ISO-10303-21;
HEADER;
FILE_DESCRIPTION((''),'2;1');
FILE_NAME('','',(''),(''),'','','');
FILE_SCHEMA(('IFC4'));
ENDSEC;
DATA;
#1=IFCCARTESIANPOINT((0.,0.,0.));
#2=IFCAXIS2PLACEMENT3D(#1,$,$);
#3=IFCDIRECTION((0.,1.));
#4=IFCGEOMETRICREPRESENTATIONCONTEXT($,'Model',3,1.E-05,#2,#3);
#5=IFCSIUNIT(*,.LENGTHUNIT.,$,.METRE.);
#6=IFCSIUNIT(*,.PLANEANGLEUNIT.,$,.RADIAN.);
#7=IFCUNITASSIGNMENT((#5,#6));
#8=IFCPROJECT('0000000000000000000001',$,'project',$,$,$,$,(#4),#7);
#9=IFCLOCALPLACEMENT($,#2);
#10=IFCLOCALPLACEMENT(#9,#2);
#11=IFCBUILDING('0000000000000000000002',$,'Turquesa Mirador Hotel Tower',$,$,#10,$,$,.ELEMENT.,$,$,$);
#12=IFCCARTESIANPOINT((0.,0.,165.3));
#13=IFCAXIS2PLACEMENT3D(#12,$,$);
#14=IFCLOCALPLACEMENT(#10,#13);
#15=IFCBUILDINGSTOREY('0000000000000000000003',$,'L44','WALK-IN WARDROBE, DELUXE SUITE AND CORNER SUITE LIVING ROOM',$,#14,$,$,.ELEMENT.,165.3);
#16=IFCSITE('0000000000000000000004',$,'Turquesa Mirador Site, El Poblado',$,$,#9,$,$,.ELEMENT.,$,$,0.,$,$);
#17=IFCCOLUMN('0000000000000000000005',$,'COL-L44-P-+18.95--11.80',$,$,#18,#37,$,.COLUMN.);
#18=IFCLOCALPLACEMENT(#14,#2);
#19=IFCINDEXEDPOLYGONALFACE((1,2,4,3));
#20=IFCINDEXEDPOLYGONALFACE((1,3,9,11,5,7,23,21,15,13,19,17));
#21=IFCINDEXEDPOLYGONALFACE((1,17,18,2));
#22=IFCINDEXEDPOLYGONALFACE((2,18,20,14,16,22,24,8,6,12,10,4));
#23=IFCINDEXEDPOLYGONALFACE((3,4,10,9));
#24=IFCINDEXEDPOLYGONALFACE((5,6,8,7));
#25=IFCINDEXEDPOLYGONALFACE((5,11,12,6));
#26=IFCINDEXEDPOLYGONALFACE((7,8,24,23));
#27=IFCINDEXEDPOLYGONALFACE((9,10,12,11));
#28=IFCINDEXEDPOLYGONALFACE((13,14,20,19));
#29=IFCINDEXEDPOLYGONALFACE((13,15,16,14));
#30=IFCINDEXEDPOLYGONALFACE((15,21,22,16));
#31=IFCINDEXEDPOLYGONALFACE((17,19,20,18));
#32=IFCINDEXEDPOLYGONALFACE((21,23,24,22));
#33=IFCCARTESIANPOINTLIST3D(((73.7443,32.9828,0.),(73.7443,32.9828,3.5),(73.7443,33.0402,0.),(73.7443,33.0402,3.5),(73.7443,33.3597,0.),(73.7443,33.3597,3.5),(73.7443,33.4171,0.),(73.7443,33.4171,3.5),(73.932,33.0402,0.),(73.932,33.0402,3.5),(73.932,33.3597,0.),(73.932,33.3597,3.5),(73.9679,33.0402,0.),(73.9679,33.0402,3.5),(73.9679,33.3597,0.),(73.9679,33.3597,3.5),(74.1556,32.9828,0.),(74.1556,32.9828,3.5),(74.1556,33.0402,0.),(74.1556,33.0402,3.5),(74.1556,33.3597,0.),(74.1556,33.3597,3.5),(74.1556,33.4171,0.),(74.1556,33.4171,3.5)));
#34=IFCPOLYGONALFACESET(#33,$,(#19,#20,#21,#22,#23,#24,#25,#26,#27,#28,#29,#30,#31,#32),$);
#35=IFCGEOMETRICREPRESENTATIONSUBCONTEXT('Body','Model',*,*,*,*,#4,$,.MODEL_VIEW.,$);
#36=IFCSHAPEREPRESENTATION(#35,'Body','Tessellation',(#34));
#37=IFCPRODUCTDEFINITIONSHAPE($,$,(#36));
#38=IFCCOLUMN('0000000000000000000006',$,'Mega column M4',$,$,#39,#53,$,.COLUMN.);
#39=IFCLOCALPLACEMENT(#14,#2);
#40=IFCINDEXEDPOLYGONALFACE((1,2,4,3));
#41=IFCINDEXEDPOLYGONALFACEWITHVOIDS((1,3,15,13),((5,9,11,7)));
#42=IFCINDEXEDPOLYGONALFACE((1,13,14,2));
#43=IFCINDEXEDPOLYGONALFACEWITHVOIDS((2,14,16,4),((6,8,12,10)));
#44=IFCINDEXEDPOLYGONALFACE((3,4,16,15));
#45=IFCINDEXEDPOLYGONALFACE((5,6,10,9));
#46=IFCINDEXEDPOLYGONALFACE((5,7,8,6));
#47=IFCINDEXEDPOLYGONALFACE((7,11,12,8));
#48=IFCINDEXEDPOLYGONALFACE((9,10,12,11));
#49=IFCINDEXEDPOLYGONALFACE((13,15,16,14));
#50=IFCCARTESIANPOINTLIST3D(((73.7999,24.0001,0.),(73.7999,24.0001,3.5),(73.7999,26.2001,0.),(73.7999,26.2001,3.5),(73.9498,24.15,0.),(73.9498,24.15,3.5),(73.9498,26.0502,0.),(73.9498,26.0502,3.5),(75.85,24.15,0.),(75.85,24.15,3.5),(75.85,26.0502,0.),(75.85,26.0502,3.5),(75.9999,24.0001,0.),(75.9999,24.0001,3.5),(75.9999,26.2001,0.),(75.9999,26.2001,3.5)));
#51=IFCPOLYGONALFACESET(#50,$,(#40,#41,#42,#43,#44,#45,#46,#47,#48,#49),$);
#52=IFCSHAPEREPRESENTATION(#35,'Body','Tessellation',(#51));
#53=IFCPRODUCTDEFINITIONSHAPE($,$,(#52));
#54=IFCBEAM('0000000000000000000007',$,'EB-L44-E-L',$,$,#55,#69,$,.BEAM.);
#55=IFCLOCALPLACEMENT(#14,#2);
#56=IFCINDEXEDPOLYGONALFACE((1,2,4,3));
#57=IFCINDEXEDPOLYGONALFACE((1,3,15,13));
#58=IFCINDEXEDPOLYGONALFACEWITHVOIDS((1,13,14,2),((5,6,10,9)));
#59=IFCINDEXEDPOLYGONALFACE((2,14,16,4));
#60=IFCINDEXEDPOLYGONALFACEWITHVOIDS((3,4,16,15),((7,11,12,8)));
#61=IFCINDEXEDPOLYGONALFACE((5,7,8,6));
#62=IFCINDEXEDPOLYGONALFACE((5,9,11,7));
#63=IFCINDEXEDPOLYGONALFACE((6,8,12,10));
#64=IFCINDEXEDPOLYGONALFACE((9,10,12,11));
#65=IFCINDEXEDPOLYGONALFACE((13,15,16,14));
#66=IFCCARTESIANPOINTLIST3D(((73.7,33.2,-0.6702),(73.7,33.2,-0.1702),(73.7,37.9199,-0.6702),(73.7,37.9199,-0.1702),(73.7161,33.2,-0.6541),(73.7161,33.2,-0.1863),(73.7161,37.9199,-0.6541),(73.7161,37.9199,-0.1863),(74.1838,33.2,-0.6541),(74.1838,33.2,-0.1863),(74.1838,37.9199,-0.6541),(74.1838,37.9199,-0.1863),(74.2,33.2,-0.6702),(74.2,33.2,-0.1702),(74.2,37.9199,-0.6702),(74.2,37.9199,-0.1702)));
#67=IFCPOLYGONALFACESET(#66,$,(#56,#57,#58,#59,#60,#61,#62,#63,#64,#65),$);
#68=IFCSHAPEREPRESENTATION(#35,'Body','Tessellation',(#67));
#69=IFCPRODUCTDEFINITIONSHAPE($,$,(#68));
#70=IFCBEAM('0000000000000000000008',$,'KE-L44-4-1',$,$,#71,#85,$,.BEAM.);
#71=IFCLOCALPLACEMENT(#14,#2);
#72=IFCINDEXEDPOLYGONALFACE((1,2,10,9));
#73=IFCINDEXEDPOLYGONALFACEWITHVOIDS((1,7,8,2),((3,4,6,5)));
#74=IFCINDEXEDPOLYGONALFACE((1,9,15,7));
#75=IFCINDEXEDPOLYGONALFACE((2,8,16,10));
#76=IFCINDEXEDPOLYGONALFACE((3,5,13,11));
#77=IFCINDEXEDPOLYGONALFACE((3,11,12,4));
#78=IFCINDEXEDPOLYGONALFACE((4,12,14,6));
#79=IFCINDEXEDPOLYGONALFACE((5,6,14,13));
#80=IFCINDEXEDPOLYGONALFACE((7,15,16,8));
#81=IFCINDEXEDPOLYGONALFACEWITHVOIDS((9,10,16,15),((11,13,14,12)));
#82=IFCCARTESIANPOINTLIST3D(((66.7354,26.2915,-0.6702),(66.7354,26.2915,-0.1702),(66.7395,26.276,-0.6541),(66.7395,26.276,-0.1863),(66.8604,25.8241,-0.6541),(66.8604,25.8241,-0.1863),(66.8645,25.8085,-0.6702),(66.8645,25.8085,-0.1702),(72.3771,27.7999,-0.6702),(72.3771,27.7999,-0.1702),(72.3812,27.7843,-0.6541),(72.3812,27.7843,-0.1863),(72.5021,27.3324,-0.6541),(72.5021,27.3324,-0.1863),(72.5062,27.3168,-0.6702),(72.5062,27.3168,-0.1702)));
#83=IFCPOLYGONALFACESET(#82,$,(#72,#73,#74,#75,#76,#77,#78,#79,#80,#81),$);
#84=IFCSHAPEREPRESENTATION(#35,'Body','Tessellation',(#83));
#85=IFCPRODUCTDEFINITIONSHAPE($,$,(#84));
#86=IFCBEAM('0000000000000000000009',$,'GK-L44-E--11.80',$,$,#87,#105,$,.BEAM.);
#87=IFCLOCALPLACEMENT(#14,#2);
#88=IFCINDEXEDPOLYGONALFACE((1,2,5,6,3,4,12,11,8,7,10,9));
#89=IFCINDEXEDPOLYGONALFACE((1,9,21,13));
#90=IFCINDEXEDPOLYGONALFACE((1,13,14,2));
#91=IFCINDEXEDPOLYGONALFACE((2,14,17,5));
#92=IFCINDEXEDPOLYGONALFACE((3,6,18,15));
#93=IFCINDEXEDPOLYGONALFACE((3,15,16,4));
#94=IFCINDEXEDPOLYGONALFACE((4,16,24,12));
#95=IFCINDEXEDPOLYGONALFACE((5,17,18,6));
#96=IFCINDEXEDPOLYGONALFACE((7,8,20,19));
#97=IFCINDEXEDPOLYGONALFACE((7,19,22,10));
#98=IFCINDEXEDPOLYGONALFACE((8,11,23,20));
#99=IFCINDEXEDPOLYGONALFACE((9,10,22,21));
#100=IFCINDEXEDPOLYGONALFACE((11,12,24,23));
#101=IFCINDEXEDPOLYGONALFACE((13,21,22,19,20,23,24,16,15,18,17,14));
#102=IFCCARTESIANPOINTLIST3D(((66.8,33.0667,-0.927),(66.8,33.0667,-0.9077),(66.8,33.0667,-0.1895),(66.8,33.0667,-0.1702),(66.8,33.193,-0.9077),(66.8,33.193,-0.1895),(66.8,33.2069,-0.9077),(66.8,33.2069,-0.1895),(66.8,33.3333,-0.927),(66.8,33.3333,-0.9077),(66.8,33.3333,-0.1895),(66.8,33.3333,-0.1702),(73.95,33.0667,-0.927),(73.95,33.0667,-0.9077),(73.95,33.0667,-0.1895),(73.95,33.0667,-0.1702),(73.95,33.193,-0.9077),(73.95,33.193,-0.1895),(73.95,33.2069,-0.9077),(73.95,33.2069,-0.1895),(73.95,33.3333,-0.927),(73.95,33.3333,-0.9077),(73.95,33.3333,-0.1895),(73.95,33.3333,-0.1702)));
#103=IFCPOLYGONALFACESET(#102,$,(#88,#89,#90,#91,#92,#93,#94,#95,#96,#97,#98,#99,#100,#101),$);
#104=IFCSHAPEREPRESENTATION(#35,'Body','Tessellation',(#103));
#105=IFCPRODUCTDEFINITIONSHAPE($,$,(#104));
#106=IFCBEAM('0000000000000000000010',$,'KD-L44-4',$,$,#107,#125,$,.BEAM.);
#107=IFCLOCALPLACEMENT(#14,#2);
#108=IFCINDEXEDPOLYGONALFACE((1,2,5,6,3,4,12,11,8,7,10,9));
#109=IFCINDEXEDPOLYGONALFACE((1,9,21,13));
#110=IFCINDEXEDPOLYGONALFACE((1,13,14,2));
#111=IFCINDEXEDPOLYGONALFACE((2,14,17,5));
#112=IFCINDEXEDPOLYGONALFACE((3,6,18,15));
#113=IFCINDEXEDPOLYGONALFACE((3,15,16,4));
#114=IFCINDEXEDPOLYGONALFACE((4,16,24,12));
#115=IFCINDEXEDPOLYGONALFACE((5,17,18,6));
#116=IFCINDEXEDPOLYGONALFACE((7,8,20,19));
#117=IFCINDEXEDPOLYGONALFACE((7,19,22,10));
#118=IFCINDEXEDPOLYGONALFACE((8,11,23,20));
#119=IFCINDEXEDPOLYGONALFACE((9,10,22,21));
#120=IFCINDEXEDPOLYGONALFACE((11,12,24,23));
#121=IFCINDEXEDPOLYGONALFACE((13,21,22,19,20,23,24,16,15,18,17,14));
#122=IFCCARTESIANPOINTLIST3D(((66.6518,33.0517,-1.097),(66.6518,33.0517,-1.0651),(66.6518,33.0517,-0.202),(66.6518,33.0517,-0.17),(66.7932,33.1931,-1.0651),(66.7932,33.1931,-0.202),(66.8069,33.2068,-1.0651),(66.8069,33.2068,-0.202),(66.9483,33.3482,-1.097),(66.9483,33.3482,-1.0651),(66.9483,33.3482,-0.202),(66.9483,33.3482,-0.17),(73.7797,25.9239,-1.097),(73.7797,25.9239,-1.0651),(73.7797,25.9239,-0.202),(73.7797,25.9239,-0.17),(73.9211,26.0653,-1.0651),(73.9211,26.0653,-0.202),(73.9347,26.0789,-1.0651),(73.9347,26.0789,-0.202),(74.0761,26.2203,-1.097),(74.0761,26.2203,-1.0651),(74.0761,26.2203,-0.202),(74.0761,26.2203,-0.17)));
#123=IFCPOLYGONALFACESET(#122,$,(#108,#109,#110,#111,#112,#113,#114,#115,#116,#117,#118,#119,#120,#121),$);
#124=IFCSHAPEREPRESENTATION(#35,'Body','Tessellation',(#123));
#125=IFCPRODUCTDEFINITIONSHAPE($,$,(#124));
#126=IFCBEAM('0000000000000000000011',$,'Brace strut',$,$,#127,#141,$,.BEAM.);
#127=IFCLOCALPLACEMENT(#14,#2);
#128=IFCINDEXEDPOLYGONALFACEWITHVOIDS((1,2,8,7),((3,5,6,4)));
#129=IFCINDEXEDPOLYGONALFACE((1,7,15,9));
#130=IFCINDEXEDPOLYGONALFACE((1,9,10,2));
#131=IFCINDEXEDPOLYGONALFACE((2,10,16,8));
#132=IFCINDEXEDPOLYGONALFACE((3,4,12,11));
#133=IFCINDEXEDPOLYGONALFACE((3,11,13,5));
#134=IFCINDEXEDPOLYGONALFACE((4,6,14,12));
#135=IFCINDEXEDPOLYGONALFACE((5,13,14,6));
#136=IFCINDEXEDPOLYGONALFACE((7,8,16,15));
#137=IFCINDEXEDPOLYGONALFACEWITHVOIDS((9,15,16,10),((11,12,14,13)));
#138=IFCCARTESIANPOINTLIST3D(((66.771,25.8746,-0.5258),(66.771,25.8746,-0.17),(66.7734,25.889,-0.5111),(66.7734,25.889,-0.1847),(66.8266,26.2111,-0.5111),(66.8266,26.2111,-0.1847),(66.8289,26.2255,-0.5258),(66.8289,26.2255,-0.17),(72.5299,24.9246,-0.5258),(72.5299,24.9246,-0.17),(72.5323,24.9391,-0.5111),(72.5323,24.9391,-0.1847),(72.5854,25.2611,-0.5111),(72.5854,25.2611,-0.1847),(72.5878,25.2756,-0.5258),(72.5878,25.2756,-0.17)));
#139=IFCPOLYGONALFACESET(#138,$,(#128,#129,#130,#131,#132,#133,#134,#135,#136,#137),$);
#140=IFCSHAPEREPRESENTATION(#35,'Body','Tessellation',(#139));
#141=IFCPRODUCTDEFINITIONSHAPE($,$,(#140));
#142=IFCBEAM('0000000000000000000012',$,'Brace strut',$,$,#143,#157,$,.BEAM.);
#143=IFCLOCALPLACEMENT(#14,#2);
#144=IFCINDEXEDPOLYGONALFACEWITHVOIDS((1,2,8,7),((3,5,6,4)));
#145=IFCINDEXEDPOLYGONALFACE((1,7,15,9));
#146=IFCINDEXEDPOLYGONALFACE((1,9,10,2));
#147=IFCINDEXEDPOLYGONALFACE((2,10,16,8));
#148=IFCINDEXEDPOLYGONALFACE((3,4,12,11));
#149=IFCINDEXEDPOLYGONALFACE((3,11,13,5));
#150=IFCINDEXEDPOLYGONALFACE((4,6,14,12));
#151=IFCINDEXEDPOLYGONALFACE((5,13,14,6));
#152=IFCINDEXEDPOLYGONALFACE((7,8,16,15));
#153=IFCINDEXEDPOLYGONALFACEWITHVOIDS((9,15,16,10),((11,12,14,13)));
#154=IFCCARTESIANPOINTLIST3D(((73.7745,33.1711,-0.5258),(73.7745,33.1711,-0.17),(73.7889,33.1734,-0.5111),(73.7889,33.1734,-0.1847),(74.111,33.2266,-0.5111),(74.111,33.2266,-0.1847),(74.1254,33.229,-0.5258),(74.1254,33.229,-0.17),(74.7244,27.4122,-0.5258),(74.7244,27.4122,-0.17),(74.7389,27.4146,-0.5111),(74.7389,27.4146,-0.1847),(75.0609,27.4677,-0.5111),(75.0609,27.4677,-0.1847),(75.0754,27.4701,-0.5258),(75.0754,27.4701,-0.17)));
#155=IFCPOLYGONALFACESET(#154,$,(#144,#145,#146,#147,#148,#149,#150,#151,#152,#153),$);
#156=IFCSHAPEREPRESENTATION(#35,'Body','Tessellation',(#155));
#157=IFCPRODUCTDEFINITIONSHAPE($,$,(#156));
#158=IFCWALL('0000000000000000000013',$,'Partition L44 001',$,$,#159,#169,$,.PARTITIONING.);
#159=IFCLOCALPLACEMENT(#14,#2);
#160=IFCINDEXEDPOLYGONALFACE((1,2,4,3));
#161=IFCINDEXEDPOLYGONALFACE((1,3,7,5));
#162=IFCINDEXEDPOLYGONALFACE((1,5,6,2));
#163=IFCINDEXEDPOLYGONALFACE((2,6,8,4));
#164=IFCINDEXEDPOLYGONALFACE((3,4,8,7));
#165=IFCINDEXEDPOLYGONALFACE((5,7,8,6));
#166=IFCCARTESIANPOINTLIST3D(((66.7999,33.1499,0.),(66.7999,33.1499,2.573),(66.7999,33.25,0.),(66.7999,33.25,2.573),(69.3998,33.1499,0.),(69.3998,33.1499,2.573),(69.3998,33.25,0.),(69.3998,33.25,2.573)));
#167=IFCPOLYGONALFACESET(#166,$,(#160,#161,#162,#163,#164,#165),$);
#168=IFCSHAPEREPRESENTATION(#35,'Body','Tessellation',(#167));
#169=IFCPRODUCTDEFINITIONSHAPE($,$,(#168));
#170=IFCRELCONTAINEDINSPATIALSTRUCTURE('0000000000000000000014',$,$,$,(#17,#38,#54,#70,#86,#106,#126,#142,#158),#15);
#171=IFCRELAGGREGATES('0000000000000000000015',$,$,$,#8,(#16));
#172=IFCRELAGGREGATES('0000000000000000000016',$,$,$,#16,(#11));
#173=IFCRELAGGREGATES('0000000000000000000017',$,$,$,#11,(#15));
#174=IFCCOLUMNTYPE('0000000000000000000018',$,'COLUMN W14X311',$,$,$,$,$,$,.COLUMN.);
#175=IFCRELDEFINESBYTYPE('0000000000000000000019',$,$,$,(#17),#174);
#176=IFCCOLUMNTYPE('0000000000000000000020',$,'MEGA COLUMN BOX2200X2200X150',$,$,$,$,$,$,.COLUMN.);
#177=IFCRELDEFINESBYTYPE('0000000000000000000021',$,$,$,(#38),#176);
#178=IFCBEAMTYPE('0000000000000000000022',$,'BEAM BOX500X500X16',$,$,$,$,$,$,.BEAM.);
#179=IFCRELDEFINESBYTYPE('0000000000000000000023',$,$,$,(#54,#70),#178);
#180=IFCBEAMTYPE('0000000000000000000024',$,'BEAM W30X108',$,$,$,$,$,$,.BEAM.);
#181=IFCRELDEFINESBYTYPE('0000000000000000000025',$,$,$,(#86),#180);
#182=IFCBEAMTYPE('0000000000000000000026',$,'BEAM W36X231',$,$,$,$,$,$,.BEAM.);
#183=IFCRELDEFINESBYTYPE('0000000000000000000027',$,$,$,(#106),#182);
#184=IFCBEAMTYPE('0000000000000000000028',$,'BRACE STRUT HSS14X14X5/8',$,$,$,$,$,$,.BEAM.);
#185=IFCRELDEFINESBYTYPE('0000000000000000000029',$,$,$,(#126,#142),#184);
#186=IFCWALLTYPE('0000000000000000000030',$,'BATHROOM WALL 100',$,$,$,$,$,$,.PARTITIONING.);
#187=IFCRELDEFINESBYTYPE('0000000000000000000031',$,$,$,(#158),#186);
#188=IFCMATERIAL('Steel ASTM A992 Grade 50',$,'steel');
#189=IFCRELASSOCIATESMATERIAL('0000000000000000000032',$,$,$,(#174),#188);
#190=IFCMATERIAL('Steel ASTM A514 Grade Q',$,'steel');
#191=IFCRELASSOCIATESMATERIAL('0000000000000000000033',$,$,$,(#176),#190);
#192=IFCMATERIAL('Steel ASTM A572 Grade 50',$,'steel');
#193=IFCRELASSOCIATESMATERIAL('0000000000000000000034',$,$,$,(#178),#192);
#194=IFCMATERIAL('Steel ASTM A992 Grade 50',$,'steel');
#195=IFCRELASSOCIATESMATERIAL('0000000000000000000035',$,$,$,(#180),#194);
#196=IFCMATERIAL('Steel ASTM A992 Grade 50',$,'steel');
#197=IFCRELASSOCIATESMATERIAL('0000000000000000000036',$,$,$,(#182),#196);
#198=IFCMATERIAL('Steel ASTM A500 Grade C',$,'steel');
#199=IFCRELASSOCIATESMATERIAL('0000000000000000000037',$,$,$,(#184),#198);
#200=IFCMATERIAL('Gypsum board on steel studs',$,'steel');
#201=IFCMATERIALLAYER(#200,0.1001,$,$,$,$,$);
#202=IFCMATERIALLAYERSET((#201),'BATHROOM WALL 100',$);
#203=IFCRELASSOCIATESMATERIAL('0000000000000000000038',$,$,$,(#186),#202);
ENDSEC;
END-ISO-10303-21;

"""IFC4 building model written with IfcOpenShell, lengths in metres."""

from ifc_helpers import new_model, si_unit, direction, frame, frame_2d, origin, origin_2d, place, context, subcontext, project, spatial, rectangle, hollow_rectangle, i_section, extrude, material, layer, layer_set, material_profile, profile_set, type_object, element, save


model = new_model("IFC4")

# Units and contexts
model_context = context("Model", 3, precision=1e-05, world=origin(), true_north=direction((0.0, 1.0)))
body_context = subcontext(model_context, "Body", "Model", "MODEL_VIEW")
ifc_project = project(units=[si_unit("LENGTHUNIT", "METRE"), si_unit("PLANEANGLEUNIT", "RADIAN")], contexts=[model_context])

# Site, building, storey
site_placement = place(None, origin())
site = spatial("IfcSite", under=ifc_project, at=site_placement, Name="Turquesa Mirador Site, El Poblado", CompositionType="ELEMENT", RefElevation=0.0)
building_placement = place(site_placement, origin())
building = spatial("IfcBuilding", under=site, at=building_placement, Name="Turquesa Mirador Hotel Tower", CompositionType="ELEMENT")
storey_placement = place(building_placement, frame((0.0, 0.0, 165.3)))
storey = spatial("IfcBuildingStorey", under=building, at=storey_placement, Name="L44", Description="WALK-IN WARDROBE, DELUXE SUITE AND CORNER SUITE LIVING ROOM", CompositionType="ELEMENT", Elevation=165.3)

# Columns
ifc_material_1 = material(Name="Steel ASTM A992 Grade 50", Category="steel")
ifc_material_profile_1 = material_profile(ifc_material_1, i_section(OverallWidth=0.4114, OverallDepth=0.4343, WebThickness=0.0359, FlangeThickness=0.0574, at=origin_2d()), Name="W14X311")
ifc_profile_set_1 = profile_set([ifc_material_profile_1], Name="Steel ASTM A992 Grade 50")
column_type_1 = type_object("IfcColumnType", Name="COLUMN W14X311", PredefinedType="COLUMN", material=ifc_profile_set_1)
column_1_placement = place(storey_placement, frame((73.95, 33.2, 0.0), z_axis=(0.0, 0.0, 1.0), x_axis=(1.0, 0.0, 0.0)))
element("IfcColumn", 1, at=column_1_placement, inside=storey, type_object=column_type_1, Name="COL-L44-P-+18.95--11.80", PredefinedType="COLUMN", context=body_context, shape_type="SweptSolid", body=[
    extrude(i_section(OverallWidth=0.4114, OverallDepth=0.4343, WebThickness=0.0359, FlangeThickness=0.0574, at=origin_2d()), origin(), (0.0, 0.0, 1.0), 3.5),
])
ifc_material_2 = material(Name="Steel ASTM A514 Grade Q", Category="steel")
ifc_material_profile_2 = material_profile(ifc_material_2, hollow_rectangle(XDim=2.2, YDim=2.2, WallThickness=0.1499, at=origin_2d()), Name="BOX2200X2200X150")
ifc_profile_set_2 = profile_set([ifc_material_profile_2], Name="Steel ASTM A514 Grade Q")
column_type_2 = type_object("IfcColumnType", Name="MEGA COLUMN BOX2200X2200X150", PredefinedType="COLUMN", material=ifc_profile_set_2)
column_2_placement = place(storey_placement, frame((74.8999, 25.1001, 0.0), z_axis=(0.0, 0.0, 1.0), x_axis=(1.0, 0.0, 0.0)))
element("IfcColumn", 2, at=column_2_placement, inside=storey, type_object=column_type_2, Name="Mega column M4", PredefinedType="COLUMN", context=body_context, shape_type="SweptSolid", body=[
    extrude(hollow_rectangle(XDim=2.2, YDim=2.2, WallThickness=0.1499, at=origin_2d()), origin(), (0.0, 0.0, 1.0), 3.5),
])

# Beams
ifc_material_3 = material(Name="Steel ASTM A572 Grade 50", Category="steel")
ifc_material_profile_3 = material_profile(ifc_material_3, hollow_rectangle(XDim=0.5, YDim=0.5, WallThickness=0.0161, at=origin_2d()), Name="BOX500X500X16")
ifc_profile_set_3 = profile_set([ifc_material_profile_3], Name="Steel ASTM A572 Grade 50")
beam_type_1 = type_object("IfcBeamType", Name="BEAM BOX500X500X16", PredefinedType="BEAM", material=ifc_profile_set_3)
beam_1_placement = place(storey_placement, frame((73.95, 33.2, -0.4202), z_axis=(0.0, 1.0, 0.0), x_axis=(-1.0, 0.0, 0.0)))
element("IfcBeam", 3, at=beam_1_placement, inside=storey, type_object=beam_type_1, Name="EB-L44-E-L", PredefinedType="BEAM", context=body_context, shape_type="SweptSolid", body=[
    extrude(hollow_rectangle(XDim=0.5, YDim=0.5, WallThickness=0.0161, at=origin_2d()), origin(), (0.0, 0.0, 1.0), 4.72),
])
beam_2_placement = place(storey_placement, frame((72.4417, 27.5583, -0.4202), z_axis=(-0.96607, -0.258282, 0.0), x_axis=(0.258282, -0.96607, 0.0)))
element("IfcBeam", 4, at=beam_2_placement, inside=storey, type_object=beam_type_1, Name="KE-L44-4-1", PredefinedType="BEAM", context=body_context, shape_type="SweptSolid", body=[
    extrude(hollow_rectangle(XDim=0.5, YDim=0.5, WallThickness=0.0161, at=origin_2d()), origin(), (0.0, 0.0, 1.0), 5.8398),
])
ifc_material_4 = material(Name="Steel ASTM A992 Grade 50", Category="steel")
ifc_material_profile_4 = material_profile(ifc_material_4, i_section(OverallWidth=0.2666, OverallDepth=0.7568, WebThickness=0.0139, FlangeThickness=0.0193, at=origin_2d()), Name="W30X108")
ifc_profile_set_4 = profile_set([ifc_material_profile_4], Name="Steel ASTM A992 Grade 50")
beam_type_2 = type_object("IfcBeamType", Name="BEAM W30X108", PredefinedType="BEAM", material=ifc_profile_set_4)
beam_3_placement = place(storey_placement, frame((73.95, 33.2, -0.5486), z_axis=(-1.0, 0.0, 0.0), x_axis=(0.0, -1.0, 0.0)))
element("IfcBeam", 5, at=beam_3_placement, inside=storey, type_object=beam_type_2, Name="GK-L44-E--11.80", PredefinedType="BEAM", context=body_context, shape_type="SweptSolid", body=[
    extrude(i_section(OverallWidth=0.2666, OverallDepth=0.7568, WebThickness=0.0139, FlangeThickness=0.0193, at=origin_2d()), origin(), (0.0, 0.0, 1.0), 7.1499),
])
ifc_material_5 = material(Name="Steel ASTM A992 Grade 50", Category="steel")
ifc_material_profile_5 = material_profile(ifc_material_5, i_section(OverallWidth=0.4192, OverallDepth=0.927, WebThickness=0.0193, FlangeThickness=0.032, at=origin_2d()), Name="W36X231")
ifc_profile_set_5 = profile_set([ifc_material_profile_5], Name="Steel ASTM A992 Grade 50")
beam_type_3 = type_object("IfcBeamType", Name="BEAM W36X231", PredefinedType="BEAM", material=ifc_profile_set_5)
beam_4_placement = place(storey_placement, frame((66.8, 33.2, -0.6335), z_axis=(0.707107, -0.707107, 0.0), x_axis=(0.707107, 0.707107, 0.0)))
element("IfcBeam", 6, at=beam_4_placement, inside=storey, type_object=beam_type_3, Name="KD-L44-4", PredefinedType="BEAM", context=body_context, shape_type="SweptSolid", body=[
    extrude(i_section(OverallWidth=0.4192, OverallDepth=0.927, WebThickness=0.0193, FlangeThickness=0.032, at=origin_2d()), origin(), (0.0, 0.0, 1.0), 10.0803),
])
ifc_material_6 = material(Name="Steel ASTM A500 Grade C", Category="steel")
ifc_material_profile_6 = material_profile(ifc_material_6, hollow_rectangle(XDim=0.3557, YDim=0.3557, WallThickness=0.0146, at=origin_2d()), Name="HSS14X14X5/8")
ifc_profile_set_6 = profile_set([ifc_material_profile_6], Name="Steel ASTM A500 Grade C")
beam_type_4 = type_object("IfcBeamType", Name="BRACE STRUT HSS14X14X5/8", PredefinedType="BEAM", material=ifc_profile_set_6)
for number, where, z_axis, x_axis, name in (
    (7, (72.5588, 25.1001, -0.3479), (-0.986666, 0.162757, 0.0), (-0.162757, -0.986666, 0.0), "Brace strut"),
    (8, (74.8999, 27.4412, -0.3479), (-0.162757, 0.986666, 0.0), (-0.986666, -0.162757, 0.0), "Brace strut"),
):
    element("IfcBeam", number, at=place(storey_placement, frame(where, z_axis=z_axis, x_axis=x_axis)), inside=storey, type_object=beam_type_4, Name=name, PredefinedType="BEAM", context=body_context, shape_type="SweptSolid", body=[
        extrude(hollow_rectangle(XDim=0.3557, YDim=0.3557, WallThickness=0.0146, at=origin_2d()), origin(), (0.0, 0.0, 1.0), 5.8367),
    ])

# Wall
ifc_material_7 = material(Name="Gypsum board on steel studs", Category="steel")
ifc_layer_1 = layer(ifc_material_7, 0.1001)
ifc_layer_set_1 = layer_set([ifc_layer_1], Name="BATHROOM WALL 100")
wall_type_1 = type_object("IfcWallType", Name="BATHROOM WALL 100", PredefinedType="PARTITIONING", material=ifc_layer_set_1)
wall_1_placement = place(storey_placement, frame((66.8, 33.2, 0.0), z_axis=(0.0, 0.0, 1.0), x_axis=(1.0, 0.0, 0.0)))
element("IfcWall", 9, at=wall_1_placement, inside=storey, type_object=wall_type_1, Name="Partition L44 001", PredefinedType="PARTITIONING", context=body_context, shape_type="SweptSolid", body=[
    extrude(rectangle(XDim=2.5999, YDim=0.1001, at=frame_2d((1.2998, 0.0))), origin(), (0.0, 0.0, 1.0), 2.573),
])

save(model, "model.ifc")
